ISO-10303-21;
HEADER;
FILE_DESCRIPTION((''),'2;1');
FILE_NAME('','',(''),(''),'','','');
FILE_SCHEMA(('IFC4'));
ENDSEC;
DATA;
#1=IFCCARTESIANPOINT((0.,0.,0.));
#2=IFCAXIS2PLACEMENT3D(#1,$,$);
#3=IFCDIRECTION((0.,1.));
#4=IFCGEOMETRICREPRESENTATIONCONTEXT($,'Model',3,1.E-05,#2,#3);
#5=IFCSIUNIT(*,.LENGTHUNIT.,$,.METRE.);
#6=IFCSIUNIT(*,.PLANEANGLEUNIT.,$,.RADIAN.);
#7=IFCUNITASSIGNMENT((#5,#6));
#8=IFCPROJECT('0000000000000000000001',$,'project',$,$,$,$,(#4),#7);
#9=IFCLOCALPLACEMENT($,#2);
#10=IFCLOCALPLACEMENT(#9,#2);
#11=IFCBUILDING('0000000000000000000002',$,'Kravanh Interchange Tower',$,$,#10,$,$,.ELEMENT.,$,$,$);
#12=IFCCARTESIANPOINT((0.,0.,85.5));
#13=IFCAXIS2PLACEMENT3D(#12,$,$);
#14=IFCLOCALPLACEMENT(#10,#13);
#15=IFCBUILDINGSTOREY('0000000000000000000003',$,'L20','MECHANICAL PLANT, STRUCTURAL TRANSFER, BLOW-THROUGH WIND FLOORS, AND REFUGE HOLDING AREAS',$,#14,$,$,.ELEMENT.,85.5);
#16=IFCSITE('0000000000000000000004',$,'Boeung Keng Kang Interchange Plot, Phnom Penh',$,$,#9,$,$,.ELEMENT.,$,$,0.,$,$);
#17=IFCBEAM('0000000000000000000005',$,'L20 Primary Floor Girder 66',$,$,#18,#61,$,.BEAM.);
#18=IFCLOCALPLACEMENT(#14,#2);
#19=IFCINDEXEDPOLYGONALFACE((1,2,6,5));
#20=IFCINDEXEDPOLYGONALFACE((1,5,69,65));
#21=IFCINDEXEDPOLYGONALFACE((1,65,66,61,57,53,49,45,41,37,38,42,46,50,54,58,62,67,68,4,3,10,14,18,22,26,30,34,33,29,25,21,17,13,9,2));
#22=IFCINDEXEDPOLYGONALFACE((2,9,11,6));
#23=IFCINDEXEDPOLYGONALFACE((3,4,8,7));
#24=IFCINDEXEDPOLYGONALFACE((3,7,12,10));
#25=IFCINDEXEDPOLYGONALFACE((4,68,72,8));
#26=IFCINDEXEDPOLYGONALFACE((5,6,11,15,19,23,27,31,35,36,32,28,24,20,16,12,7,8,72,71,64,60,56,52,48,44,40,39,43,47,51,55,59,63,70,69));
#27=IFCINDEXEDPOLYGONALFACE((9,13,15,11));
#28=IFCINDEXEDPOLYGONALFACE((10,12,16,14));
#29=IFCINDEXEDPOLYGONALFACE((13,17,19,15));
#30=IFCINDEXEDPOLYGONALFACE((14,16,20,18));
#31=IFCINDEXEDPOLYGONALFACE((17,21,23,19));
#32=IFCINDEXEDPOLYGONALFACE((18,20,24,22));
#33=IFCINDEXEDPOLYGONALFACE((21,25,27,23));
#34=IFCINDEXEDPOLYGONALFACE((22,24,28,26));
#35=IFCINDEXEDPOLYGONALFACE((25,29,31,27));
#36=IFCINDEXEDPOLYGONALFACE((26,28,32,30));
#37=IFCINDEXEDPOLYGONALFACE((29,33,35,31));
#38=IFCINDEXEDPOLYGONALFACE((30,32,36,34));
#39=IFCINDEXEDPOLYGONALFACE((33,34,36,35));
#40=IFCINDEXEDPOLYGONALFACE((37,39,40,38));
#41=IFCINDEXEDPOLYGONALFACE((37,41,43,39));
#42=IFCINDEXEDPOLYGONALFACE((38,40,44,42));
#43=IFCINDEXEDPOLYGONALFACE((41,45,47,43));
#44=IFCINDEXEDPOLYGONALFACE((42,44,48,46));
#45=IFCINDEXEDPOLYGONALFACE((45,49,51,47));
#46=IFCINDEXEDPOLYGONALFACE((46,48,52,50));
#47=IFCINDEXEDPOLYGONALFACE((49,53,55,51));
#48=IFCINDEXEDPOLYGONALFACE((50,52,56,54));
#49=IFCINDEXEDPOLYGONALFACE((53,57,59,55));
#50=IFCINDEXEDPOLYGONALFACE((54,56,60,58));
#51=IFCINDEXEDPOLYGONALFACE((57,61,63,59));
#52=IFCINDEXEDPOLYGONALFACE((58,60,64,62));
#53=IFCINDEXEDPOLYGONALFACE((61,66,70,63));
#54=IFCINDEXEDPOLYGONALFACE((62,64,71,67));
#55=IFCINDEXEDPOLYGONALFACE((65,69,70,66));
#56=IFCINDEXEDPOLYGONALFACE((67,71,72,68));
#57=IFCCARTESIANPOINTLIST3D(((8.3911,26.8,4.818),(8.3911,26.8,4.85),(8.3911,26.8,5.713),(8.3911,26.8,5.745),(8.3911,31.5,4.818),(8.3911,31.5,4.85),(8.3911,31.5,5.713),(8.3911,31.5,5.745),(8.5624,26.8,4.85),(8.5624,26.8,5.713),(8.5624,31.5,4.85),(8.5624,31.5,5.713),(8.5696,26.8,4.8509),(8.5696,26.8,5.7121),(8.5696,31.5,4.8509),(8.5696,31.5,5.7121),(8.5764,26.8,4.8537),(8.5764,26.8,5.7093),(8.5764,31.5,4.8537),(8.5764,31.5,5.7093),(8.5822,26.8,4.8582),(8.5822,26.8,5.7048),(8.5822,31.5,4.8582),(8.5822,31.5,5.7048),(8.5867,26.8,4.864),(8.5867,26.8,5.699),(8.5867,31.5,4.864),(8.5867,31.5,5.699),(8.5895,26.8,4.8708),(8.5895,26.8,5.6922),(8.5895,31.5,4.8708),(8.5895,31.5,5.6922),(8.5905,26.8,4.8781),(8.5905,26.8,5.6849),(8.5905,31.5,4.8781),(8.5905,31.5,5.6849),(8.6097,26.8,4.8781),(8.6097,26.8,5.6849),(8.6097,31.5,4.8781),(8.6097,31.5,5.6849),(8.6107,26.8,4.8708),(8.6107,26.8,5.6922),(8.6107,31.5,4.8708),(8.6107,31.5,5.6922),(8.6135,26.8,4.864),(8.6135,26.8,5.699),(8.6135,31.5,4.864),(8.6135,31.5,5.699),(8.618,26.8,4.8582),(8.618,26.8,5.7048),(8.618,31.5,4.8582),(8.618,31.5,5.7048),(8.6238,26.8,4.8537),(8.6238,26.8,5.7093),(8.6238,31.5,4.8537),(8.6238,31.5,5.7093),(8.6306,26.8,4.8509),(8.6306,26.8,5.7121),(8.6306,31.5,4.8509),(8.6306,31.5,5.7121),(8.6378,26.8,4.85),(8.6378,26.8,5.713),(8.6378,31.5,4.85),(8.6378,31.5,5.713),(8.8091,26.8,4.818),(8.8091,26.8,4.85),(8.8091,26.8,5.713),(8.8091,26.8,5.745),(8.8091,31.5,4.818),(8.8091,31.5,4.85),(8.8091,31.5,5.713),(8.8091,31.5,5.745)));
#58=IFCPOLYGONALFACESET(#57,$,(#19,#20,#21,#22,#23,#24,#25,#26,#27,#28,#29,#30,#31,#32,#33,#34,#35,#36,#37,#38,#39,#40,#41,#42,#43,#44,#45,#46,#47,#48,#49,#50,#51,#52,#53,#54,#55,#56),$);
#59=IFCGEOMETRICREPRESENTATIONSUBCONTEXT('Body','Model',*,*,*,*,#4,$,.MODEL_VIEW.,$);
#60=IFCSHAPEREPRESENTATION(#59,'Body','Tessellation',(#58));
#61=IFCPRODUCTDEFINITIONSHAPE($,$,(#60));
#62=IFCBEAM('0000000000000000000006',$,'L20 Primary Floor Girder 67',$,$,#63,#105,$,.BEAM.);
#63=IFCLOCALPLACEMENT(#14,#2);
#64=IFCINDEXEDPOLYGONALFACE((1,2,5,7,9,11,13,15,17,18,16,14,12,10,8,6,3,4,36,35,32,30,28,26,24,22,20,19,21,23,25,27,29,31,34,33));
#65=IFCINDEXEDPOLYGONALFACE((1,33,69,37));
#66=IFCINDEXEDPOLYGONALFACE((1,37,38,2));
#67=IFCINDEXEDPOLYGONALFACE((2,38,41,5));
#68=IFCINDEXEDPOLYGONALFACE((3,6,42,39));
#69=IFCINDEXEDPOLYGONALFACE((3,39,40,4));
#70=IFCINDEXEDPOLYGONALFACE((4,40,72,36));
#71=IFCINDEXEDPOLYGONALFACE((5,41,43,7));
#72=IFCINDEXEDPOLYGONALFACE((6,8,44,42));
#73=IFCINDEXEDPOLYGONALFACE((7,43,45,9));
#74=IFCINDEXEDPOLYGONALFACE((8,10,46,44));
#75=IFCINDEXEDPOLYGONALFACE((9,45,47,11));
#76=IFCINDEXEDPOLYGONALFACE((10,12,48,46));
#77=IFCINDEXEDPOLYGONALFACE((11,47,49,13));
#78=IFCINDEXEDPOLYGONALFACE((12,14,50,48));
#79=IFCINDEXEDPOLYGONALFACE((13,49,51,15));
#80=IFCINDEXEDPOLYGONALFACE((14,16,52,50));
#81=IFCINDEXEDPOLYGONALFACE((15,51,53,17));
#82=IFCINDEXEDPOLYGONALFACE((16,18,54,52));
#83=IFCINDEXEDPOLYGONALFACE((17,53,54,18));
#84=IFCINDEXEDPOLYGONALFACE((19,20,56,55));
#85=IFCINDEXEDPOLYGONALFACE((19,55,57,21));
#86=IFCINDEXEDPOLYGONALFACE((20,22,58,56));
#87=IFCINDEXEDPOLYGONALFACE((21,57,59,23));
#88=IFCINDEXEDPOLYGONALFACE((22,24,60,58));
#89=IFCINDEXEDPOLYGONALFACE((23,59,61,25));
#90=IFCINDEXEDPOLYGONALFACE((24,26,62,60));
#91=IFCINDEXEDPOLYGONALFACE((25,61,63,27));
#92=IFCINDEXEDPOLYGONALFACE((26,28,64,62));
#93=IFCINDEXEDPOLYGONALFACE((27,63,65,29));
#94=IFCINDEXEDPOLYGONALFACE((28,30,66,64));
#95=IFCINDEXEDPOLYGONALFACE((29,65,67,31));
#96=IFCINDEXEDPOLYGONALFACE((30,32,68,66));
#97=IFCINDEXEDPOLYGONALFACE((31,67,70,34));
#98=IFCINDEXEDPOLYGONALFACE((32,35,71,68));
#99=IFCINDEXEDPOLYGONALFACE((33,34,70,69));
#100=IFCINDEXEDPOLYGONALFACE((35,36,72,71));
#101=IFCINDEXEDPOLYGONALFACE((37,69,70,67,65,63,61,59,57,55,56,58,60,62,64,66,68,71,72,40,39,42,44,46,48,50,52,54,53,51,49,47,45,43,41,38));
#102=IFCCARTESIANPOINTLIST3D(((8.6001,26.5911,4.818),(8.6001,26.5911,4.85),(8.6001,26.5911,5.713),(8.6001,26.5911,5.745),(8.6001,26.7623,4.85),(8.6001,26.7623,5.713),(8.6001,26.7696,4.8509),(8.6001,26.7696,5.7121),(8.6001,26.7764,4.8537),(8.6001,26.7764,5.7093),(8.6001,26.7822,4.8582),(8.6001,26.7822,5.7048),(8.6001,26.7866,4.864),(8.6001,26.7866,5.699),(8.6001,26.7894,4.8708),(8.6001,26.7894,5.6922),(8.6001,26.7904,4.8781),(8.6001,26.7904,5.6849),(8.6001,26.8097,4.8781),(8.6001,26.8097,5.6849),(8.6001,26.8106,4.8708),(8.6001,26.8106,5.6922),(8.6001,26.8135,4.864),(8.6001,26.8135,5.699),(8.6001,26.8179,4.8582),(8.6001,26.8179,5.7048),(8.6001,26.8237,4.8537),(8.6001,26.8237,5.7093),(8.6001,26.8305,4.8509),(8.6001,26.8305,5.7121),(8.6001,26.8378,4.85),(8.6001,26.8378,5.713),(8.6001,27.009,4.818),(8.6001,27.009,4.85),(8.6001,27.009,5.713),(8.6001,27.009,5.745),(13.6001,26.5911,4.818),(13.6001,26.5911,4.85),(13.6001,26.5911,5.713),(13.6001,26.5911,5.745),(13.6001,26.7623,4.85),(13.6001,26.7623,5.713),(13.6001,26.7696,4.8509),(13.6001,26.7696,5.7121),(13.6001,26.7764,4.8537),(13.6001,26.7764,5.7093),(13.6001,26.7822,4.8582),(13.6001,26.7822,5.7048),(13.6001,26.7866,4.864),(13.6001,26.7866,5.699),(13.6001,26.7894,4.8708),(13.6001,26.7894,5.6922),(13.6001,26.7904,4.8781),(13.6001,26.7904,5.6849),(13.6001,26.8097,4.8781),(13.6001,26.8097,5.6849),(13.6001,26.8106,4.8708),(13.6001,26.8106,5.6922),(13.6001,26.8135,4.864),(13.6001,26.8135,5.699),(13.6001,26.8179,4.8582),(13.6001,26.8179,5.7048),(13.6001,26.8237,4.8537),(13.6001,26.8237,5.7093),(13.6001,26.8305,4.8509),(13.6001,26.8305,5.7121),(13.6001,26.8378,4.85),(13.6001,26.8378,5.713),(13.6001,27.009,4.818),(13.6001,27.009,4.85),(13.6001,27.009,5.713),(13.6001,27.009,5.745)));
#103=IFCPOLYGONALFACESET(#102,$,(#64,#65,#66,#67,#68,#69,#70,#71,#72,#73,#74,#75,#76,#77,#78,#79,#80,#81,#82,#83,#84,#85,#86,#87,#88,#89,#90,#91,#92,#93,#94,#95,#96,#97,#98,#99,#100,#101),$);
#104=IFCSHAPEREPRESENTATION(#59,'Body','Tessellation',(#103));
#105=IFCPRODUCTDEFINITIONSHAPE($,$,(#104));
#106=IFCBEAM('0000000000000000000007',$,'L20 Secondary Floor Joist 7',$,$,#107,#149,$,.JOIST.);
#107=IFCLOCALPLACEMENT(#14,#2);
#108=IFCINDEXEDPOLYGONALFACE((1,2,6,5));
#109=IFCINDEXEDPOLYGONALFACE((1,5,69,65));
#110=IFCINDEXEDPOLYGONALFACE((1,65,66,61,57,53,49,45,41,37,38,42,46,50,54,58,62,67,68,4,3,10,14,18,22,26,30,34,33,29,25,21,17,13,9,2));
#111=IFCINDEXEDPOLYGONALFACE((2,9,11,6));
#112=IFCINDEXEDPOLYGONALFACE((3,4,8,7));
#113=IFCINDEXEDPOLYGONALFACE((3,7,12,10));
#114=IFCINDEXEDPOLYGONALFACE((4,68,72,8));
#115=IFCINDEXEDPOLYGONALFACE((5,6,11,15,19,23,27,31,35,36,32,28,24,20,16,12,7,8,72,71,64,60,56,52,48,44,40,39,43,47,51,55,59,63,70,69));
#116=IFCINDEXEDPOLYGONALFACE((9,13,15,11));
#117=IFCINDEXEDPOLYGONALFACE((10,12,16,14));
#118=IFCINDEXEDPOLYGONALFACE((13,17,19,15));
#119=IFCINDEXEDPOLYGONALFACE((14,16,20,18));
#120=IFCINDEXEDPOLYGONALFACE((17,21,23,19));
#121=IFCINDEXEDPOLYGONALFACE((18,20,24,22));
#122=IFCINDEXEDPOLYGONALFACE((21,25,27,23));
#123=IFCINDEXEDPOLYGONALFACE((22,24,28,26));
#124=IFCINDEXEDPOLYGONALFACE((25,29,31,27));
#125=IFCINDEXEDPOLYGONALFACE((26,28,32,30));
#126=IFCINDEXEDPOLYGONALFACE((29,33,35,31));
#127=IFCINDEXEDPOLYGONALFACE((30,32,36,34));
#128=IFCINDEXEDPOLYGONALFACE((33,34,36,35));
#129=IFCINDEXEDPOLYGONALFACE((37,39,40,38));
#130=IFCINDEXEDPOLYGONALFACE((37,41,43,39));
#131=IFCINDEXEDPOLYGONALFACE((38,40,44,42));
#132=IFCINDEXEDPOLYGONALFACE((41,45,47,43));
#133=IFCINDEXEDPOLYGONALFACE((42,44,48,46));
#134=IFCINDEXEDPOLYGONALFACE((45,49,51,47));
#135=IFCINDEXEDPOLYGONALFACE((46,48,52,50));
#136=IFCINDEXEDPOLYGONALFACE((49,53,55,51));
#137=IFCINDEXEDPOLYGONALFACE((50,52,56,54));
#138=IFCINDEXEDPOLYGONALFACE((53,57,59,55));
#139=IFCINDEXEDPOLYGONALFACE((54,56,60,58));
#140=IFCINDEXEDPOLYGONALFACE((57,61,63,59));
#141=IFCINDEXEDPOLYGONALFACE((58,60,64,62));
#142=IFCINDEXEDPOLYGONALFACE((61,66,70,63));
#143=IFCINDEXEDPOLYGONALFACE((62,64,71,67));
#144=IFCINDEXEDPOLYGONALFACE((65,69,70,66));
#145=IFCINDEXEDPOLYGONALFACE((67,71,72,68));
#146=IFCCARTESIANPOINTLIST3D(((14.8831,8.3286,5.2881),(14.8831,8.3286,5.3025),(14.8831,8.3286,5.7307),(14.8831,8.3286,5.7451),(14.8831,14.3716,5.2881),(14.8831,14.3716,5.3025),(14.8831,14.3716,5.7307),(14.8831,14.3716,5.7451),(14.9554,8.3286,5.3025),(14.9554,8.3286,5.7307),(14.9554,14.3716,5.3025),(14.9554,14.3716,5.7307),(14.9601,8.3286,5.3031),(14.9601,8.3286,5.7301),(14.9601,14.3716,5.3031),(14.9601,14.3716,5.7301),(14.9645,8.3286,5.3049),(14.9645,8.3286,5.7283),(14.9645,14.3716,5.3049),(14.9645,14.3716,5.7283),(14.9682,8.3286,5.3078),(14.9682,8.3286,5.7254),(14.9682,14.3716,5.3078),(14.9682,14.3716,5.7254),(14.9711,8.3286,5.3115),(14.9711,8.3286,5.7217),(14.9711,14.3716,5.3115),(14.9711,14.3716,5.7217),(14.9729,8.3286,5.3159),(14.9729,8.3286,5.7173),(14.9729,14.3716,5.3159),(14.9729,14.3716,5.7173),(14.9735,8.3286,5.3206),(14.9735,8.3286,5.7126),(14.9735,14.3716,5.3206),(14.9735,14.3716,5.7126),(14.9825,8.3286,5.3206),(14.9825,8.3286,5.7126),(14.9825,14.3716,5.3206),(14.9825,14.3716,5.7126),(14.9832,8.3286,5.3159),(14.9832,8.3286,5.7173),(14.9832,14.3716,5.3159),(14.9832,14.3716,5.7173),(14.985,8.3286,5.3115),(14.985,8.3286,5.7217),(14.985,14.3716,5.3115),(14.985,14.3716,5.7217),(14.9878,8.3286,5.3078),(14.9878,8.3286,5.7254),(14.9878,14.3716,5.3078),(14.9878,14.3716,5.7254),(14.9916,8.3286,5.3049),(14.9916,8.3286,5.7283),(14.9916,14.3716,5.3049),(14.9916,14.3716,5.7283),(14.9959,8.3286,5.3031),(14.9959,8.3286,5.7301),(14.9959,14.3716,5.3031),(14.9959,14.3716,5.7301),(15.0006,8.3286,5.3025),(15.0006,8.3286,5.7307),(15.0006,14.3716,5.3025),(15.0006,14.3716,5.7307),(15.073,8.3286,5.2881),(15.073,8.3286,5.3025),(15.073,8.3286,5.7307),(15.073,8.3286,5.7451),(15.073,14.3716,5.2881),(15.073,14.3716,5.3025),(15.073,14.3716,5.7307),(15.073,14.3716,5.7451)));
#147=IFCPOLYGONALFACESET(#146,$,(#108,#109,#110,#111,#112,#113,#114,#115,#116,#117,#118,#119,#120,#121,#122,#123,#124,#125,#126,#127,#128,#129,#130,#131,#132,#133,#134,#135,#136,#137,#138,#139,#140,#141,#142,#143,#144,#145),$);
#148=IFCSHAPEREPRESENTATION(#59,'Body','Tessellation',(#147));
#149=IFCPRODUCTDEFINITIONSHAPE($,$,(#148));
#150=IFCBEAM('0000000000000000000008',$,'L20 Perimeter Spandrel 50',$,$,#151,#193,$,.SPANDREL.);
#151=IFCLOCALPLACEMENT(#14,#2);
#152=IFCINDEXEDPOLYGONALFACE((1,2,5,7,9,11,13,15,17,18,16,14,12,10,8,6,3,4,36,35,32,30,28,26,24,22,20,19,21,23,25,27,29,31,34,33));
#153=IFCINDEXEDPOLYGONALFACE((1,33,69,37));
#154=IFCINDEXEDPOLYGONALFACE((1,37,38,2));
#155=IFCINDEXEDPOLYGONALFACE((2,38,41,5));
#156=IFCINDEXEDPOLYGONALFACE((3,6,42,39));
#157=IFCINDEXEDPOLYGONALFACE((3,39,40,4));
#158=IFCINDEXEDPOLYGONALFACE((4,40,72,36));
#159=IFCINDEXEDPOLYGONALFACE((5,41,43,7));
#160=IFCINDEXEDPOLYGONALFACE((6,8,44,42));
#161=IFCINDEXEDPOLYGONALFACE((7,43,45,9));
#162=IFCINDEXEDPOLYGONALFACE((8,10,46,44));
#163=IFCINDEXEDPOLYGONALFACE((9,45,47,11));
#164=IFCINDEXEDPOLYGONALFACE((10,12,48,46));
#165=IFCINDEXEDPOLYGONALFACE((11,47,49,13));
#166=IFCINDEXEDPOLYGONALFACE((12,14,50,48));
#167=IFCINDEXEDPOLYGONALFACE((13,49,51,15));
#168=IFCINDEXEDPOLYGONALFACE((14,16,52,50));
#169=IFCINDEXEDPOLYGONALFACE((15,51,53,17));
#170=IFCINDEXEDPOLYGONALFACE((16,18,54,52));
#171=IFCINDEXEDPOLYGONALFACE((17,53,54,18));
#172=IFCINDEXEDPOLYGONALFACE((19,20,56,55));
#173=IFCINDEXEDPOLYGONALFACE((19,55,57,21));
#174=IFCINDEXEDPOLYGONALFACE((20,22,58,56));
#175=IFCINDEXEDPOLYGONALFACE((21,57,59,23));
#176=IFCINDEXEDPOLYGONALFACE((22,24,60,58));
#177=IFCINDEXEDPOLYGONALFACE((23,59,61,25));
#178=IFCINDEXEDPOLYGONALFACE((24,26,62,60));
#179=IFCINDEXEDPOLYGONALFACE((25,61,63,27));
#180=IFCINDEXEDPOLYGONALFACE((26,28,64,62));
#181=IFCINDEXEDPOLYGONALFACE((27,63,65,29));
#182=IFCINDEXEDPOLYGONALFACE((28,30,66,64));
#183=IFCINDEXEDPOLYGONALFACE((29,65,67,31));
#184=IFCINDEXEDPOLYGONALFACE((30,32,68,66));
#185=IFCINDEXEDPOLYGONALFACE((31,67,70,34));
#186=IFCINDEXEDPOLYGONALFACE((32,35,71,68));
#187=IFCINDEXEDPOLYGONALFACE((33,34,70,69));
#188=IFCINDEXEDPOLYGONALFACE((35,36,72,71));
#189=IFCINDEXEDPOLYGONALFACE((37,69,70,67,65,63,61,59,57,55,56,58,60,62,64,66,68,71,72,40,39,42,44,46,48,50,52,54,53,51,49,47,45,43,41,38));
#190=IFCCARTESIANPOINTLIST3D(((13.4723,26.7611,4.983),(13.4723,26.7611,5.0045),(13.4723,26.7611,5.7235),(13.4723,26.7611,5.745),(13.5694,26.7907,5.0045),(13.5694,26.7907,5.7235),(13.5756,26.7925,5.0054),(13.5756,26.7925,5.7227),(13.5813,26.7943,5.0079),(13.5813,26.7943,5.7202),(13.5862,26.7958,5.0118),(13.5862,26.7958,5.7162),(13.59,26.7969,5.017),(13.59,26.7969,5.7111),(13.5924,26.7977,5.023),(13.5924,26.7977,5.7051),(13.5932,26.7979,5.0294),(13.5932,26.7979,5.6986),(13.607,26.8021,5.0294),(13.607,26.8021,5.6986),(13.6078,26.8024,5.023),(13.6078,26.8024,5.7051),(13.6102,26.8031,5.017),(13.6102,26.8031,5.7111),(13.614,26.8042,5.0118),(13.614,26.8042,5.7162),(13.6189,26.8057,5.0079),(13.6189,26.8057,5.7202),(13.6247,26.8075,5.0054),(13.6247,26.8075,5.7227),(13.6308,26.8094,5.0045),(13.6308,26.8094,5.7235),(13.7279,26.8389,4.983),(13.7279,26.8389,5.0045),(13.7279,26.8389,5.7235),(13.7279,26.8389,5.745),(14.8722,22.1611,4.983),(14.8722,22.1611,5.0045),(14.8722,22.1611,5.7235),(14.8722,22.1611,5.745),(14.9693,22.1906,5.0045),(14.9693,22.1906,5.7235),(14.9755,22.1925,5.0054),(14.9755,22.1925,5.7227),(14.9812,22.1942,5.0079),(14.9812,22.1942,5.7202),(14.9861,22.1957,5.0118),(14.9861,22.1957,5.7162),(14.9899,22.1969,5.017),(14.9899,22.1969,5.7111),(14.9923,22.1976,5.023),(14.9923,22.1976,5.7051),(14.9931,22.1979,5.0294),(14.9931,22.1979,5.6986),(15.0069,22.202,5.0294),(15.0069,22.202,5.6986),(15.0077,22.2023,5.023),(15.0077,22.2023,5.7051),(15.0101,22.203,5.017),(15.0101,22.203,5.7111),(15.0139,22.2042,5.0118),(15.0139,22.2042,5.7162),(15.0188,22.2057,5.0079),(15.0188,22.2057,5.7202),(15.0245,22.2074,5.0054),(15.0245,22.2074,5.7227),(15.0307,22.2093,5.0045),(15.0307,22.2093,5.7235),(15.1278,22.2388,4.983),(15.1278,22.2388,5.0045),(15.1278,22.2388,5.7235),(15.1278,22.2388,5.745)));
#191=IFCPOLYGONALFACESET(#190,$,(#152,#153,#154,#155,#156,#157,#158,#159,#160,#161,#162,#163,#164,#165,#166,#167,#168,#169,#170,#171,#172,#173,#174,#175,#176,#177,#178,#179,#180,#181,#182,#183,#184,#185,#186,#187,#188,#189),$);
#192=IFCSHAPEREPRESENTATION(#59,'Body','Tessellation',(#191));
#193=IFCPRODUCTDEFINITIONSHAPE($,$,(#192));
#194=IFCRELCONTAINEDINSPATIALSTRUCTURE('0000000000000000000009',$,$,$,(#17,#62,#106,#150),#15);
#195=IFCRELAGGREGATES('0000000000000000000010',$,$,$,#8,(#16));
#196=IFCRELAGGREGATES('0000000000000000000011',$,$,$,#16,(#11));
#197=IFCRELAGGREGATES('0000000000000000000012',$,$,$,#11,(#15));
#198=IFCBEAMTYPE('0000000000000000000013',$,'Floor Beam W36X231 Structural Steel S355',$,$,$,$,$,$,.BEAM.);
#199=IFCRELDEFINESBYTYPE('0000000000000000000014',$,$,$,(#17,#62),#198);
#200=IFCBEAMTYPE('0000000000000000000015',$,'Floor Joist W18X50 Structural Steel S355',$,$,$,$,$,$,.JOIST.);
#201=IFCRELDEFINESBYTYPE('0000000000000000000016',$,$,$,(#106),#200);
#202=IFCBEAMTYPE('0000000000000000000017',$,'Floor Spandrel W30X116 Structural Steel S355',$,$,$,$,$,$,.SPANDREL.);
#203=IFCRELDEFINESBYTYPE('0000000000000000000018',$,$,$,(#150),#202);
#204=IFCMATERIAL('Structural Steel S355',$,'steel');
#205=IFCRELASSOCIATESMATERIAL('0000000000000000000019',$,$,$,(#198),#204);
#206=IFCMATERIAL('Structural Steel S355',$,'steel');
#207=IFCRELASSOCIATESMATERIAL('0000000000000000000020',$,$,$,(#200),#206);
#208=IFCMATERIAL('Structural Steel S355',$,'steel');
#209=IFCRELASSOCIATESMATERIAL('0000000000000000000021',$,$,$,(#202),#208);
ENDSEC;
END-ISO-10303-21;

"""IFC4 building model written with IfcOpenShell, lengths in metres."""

from ifc_helpers import new_model, si_unit, direction, frame, origin, origin_2d, place, context, subcontext, project, spatial, i_section, extrude, material, material_profile, profile_set, type_object, element, save


model = new_model("IFC4")

# Units and contexts
model_context = context("Model", 3, precision=1e-05, world=origin(), true_north=direction((0.0, 1.0)))
body_context = subcontext(model_context, "Body", "Model", "MODEL_VIEW")
ifc_project = project(units=[si_unit("LENGTHUNIT", "METRE"), si_unit("PLANEANGLEUNIT", "RADIAN")], contexts=[model_context])

# Site, building, storey
site_placement = place(None, origin())
site = spatial("IfcSite", under=ifc_project, at=site_placement, Name="Boeung Keng Kang Interchange Plot, Phnom Penh", CompositionType="ELEMENT", RefElevation=0.0)
building_placement = place(site_placement, origin())
building = spatial("IfcBuilding", under=site, at=building_placement, Name="Kravanh Interchange Tower", CompositionType="ELEMENT")
storey_placement = place(building_placement, frame((0.0, 0.0, 85.5)))
storey = spatial("IfcBuildingStorey", under=building, at=storey_placement, Name="L20", Description="MECHANICAL PLANT, STRUCTURAL TRANSFER, BLOW-THROUGH WIND FLOORS, AND REFUGE HOLDING AREAS", CompositionType="ELEMENT", Elevation=85.5)

# Beams
ifc_material_1 = material(Name="Structural Steel S355", Category="steel")
ifc_material_profile_1 = material_profile(ifc_material_1, i_section(OverallWidth=0.418, OverallDepth=0.927, WebThickness=0.0193, FlangeThickness=0.032, FilletRadius=0.0281, at=origin_2d()), Name="W36X231")
ifc_profile_set_1 = profile_set([ifc_material_profile_1], Name="Structural Steel S355")
beam_type_1 = type_object("IfcBeamType", Name="Floor Beam W36X231 Structural Steel S355", PredefinedType="BEAM", material=ifc_profile_set_1)
beam_1_placement = place(storey_placement, frame((8.6001, 26.8, 5.2815), z_axis=(0.0, 1.0, 0.0), x_axis=(-1.0, 0.0, 0.0)))
element("IfcBeam", 1, at=beam_1_placement, inside=storey, type_object=beam_type_1, Name="L20 Primary Floor Girder 66", PredefinedType="BEAM", context=body_context, shape_type="SweptSolid", body=[
    extrude(i_section(OverallWidth=0.418, OverallDepth=0.927, WebThickness=0.0193, FlangeThickness=0.032, FilletRadius=0.0281, at=origin_2d()), origin(), (0.0, 0.0, 1.0), 4.7),
])
beam_2_placement = place(storey_placement, frame((8.6001, 26.8, 5.2815), z_axis=(1.0, 0.0, 0.0), x_axis=(0.0, 1.0, 0.0)))
element("IfcBeam", 2, at=beam_2_placement, inside=storey, type_object=beam_type_1, Name="L20 Primary Floor Girder 67", PredefinedType="BEAM", context=body_context, shape_type="SweptSolid", body=[
    extrude(i_section(OverallWidth=0.418, OverallDepth=0.927, WebThickness=0.0193, FlangeThickness=0.032, FilletRadius=0.0281, at=origin_2d()), origin(), (0.0, 0.0, 1.0), 5.0),
])
ifc_material_2 = material(Name="Structural Steel S355", Category="steel")
ifc_material_profile_2 = material_profile(ifc_material_2, i_section(OverallWidth=0.1899, OverallDepth=0.457, WebThickness=0.009, FlangeThickness=0.0144, FilletRadius=0.0181, at=origin_2d()), Name="W18X50")
ifc_profile_set_2 = profile_set([ifc_material_profile_2], Name="Structural Steel S355")
beam_type_2 = type_object("IfcBeamType", Name="Floor Joist W18X50 Structural Steel S355", PredefinedType="JOIST", material=ifc_profile_set_2)
beam_3_placement = place(storey_placement, frame((14.978, 8.3286, 5.5166), z_axis=(0.0, 1.0, 0.0), x_axis=(-1.0, 0.0, 0.0)))
element("IfcBeam", 3, at=beam_3_placement, inside=storey, type_object=beam_type_2, Name="L20 Secondary Floor Joist 7", PredefinedType="JOIST", context=body_context, shape_type="SweptSolid", body=[
    extrude(i_section(OverallWidth=0.1899, OverallDepth=0.457, WebThickness=0.009, FlangeThickness=0.0144, FilletRadius=0.0181, at=origin_2d()), origin(), (0.0, 0.0, 1.0), 6.043),
])
ifc_material_3 = material(Name="Structural Steel S355", Category="steel")
ifc_material_profile_3 = material_profile(ifc_material_3, i_section(OverallWidth=0.2671, OverallDepth=0.762, WebThickness=0.0144, FlangeThickness=0.0215, FilletRadius=0.0249, at=origin_2d()), Name="W30X116")
ifc_profile_set_3 = profile_set([ifc_material_profile_3], Name="Structural Steel S355")
beam_type_3 = type_object("IfcBeamType", Name="Floor Spandrel W30X116 Structural Steel S355", PredefinedType="SPANDREL", material=ifc_profile_set_3)
beam_4_placement = place(storey_placement, frame((15.0, 22.2, 5.364), z_axis=(-0.291137, 0.956681, 0.0), x_axis=(-0.956681, -0.291137, 0.0)))
element("IfcBeam", 4, at=beam_4_placement, inside=storey, type_object=beam_type_3, Name="L20 Perimeter Spandrel 50", PredefinedType="SPANDREL", context=body_context, shape_type="SweptSolid", body=[
    extrude(i_section(OverallWidth=0.2671, OverallDepth=0.762, WebThickness=0.0144, FlangeThickness=0.0215, FilletRadius=0.0249, at=origin_2d()), origin(), (0.0, 0.0, 1.0), 4.8083),
])

save(model, "model.ifc")
